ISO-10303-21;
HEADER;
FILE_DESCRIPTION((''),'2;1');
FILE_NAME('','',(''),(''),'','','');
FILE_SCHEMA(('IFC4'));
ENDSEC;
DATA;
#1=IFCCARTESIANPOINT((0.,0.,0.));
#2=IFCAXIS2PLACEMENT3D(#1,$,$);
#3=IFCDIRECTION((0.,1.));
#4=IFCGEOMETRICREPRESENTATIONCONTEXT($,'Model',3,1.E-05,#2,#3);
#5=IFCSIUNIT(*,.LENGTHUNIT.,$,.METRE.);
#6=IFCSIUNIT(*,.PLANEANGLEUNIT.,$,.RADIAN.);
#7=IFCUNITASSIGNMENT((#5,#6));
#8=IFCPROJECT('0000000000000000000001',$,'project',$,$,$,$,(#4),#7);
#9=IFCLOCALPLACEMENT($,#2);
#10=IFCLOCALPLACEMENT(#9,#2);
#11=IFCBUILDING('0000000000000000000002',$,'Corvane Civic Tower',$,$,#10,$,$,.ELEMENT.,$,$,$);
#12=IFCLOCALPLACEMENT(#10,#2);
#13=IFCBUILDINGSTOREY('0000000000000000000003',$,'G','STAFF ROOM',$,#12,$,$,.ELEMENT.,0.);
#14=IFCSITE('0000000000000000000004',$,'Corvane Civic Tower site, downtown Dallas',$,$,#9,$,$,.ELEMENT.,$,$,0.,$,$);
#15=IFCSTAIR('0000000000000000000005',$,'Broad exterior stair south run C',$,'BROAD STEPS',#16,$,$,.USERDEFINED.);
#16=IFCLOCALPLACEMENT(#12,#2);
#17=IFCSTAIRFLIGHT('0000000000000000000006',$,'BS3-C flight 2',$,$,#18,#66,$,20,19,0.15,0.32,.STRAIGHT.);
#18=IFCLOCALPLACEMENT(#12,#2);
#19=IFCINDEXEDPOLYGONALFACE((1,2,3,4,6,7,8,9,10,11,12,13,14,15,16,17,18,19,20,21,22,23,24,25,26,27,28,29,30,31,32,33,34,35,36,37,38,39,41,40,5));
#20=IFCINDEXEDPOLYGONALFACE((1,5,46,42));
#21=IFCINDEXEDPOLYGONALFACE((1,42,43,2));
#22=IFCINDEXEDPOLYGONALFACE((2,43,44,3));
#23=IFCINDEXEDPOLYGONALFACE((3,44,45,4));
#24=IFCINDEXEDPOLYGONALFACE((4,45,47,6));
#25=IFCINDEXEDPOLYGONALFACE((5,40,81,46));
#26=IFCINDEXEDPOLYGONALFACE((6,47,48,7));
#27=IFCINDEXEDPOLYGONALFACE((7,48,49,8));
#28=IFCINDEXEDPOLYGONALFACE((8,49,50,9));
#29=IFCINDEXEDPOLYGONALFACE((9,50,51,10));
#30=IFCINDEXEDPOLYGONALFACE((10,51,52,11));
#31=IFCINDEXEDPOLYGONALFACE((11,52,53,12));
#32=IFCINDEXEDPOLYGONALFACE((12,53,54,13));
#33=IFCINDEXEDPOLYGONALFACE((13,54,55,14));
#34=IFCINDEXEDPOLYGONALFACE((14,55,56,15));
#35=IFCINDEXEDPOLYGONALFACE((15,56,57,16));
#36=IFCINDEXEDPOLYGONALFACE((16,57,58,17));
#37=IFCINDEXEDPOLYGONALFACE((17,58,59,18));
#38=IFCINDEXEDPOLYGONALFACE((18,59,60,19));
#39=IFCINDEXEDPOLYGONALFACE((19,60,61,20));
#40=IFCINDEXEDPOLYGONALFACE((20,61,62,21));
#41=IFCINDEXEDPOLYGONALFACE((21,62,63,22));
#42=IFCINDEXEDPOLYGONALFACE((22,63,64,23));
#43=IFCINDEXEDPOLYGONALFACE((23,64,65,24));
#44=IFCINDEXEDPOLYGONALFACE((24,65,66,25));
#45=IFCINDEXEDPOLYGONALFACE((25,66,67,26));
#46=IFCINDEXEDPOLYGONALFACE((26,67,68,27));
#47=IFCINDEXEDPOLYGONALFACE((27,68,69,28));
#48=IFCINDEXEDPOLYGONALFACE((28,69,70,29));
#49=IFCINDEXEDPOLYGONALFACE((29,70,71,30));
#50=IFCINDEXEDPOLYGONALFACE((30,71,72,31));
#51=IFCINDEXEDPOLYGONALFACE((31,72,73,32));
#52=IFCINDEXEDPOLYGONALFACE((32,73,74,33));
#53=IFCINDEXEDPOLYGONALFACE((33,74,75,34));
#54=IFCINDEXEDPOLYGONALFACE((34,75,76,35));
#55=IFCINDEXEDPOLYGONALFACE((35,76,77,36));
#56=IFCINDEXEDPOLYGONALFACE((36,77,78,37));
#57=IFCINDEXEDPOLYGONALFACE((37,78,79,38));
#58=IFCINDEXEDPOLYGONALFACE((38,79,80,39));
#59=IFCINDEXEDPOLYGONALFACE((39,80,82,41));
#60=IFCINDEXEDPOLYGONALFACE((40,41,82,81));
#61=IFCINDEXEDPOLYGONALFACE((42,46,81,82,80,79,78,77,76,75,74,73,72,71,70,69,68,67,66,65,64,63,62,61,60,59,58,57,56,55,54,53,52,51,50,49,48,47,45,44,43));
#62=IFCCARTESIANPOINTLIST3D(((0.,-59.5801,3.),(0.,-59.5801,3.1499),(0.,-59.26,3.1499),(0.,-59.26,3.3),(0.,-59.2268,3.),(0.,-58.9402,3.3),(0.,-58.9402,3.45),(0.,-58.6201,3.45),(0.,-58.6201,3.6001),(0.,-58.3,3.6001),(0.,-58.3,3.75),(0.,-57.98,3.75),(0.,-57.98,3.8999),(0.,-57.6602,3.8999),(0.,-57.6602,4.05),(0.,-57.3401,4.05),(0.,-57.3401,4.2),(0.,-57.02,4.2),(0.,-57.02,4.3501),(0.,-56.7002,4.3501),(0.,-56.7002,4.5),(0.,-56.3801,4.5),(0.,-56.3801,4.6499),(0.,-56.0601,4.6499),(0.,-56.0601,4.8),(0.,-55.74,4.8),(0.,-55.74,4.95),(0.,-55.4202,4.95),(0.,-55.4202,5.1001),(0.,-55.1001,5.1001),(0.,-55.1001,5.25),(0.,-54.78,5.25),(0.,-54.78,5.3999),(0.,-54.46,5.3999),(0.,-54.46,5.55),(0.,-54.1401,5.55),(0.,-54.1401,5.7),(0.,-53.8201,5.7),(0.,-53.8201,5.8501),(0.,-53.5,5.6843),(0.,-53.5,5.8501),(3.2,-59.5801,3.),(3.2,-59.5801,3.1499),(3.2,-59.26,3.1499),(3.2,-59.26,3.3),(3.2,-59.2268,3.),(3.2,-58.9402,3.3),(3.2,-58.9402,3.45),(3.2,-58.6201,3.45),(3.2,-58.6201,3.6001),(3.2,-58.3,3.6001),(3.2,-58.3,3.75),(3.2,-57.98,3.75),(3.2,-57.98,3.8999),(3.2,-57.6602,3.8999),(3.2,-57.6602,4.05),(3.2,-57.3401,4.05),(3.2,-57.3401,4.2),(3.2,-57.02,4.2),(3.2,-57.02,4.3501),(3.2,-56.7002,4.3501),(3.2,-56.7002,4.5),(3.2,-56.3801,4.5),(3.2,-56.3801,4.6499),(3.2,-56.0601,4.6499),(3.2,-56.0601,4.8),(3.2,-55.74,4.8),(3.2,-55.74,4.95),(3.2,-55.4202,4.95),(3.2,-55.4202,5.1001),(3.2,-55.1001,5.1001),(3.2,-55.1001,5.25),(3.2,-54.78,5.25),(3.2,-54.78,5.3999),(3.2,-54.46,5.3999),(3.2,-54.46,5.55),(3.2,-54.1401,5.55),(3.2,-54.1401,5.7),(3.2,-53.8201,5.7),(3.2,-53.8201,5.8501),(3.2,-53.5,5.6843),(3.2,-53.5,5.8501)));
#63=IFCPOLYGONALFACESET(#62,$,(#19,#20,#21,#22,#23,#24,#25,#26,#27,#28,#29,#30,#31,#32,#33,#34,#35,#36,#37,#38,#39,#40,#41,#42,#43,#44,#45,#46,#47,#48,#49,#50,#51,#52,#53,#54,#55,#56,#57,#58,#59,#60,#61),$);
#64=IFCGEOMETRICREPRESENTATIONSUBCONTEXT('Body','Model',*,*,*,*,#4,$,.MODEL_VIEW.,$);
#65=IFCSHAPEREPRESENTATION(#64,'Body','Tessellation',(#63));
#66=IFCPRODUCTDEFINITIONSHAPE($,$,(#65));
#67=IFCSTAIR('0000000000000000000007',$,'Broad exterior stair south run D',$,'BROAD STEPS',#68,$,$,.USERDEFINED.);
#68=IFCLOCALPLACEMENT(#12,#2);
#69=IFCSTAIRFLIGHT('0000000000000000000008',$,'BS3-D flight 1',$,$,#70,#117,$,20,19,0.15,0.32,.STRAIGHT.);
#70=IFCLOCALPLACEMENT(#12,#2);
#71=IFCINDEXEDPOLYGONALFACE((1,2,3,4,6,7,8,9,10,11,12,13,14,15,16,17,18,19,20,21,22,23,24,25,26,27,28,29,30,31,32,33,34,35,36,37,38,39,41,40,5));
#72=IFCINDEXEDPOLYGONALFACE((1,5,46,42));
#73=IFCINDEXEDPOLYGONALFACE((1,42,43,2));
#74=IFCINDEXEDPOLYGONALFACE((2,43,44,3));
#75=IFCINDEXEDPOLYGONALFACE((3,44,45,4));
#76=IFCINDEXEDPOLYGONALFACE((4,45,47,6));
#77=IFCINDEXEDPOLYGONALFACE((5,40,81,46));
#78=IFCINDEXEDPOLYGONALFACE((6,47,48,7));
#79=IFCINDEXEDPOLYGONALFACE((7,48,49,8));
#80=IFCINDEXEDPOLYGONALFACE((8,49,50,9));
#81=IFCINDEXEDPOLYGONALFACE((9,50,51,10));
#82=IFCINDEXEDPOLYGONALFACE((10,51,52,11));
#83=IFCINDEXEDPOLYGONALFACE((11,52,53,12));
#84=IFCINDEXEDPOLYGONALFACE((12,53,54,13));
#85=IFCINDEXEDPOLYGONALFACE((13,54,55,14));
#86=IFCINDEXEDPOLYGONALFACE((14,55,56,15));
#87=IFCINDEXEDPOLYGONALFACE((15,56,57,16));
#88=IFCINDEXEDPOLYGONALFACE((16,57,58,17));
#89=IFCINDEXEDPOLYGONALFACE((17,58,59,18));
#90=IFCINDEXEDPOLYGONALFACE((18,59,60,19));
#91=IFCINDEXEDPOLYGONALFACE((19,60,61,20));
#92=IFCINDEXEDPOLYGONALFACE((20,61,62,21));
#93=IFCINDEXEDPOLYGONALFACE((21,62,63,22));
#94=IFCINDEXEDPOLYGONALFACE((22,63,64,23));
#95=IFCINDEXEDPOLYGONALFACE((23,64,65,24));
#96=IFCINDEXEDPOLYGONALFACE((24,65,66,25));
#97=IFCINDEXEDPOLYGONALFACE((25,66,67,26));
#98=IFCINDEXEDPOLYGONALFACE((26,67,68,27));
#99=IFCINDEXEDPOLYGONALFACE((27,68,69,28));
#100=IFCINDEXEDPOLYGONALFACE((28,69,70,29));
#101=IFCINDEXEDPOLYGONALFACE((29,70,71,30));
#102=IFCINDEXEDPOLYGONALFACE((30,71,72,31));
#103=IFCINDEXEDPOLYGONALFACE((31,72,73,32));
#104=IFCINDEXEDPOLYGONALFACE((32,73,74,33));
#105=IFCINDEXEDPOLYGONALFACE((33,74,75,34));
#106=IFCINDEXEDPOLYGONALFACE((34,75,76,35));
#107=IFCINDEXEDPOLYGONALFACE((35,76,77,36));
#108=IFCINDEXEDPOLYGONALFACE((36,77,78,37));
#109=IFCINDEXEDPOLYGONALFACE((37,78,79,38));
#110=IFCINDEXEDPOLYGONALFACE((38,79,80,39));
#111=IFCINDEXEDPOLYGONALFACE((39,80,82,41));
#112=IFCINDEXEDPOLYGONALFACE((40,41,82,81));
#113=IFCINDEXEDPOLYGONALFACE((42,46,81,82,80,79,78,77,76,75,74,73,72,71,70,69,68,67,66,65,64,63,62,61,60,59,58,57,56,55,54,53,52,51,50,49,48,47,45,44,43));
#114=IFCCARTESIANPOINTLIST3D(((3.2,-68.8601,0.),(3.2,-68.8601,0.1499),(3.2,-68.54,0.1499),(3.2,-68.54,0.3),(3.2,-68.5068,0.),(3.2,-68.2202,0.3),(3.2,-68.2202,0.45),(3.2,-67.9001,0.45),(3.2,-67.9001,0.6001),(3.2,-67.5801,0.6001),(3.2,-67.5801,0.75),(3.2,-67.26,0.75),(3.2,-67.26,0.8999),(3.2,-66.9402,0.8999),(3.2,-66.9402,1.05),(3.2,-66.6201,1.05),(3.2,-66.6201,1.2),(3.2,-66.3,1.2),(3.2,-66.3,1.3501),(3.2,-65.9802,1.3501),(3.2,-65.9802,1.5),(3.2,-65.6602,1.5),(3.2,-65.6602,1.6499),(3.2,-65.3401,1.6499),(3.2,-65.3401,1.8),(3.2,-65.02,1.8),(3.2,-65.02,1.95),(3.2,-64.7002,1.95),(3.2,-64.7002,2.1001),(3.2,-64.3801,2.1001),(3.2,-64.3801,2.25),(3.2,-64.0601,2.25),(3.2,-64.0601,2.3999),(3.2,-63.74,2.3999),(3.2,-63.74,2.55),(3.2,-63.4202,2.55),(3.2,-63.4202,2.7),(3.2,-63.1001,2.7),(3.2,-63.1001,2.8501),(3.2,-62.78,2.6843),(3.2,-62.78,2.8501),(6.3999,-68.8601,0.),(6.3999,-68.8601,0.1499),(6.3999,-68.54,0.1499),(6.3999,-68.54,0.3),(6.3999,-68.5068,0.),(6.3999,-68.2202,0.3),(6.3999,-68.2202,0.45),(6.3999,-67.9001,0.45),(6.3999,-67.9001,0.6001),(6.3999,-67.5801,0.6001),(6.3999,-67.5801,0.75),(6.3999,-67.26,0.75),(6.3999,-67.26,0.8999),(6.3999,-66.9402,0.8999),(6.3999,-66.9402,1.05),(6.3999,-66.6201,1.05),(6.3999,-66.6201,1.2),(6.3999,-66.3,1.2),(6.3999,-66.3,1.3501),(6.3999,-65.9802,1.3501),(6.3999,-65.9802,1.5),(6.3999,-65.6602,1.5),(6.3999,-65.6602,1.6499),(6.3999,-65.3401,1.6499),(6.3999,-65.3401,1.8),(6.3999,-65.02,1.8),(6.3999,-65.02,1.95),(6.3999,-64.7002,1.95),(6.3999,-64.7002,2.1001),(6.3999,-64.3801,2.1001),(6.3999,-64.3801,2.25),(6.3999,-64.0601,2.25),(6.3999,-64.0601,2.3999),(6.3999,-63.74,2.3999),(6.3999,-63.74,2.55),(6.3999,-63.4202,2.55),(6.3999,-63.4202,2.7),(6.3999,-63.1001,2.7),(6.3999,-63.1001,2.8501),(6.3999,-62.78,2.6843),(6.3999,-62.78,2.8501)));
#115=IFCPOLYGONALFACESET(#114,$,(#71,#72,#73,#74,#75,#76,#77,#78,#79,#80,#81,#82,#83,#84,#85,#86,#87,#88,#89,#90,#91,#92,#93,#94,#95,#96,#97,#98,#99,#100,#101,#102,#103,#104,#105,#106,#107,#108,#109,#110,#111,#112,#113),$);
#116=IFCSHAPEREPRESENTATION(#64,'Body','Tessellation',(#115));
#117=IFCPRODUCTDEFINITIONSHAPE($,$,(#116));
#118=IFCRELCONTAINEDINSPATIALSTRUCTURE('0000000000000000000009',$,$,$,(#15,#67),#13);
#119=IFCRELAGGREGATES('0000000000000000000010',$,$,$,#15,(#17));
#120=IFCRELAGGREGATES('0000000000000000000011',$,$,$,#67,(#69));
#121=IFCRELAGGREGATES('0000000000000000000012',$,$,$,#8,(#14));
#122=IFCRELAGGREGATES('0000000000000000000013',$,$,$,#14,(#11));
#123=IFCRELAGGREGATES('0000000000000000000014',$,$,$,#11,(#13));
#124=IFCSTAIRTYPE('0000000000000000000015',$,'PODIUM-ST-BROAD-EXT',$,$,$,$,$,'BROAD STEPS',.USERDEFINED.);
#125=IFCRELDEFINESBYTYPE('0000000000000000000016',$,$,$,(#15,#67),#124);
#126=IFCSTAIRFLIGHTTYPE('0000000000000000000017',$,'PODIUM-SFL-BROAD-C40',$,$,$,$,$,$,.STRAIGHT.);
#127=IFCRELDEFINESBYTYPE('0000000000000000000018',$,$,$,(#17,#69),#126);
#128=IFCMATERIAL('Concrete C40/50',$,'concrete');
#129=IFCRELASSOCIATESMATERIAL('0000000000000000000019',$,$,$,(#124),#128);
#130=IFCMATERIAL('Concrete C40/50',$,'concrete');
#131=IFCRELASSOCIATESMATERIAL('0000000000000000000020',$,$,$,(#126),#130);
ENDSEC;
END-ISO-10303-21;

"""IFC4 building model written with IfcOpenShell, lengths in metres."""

from ifc_helpers import new_model, si_unit, direction, frame, origin, place, context, subcontext, project, spatial, polyline, outline, extrude, material, type_object, element, aggregate, save


model = new_model("IFC4")

# Units and contexts
model_context = context("Model", 3, precision=1e-05, world=origin(), true_north=direction((0.0, 1.0)))
body_context = subcontext(model_context, "Body", "Model", "MODEL_VIEW")
ifc_project = project(units=[si_unit("LENGTHUNIT", "METRE"), si_unit("PLANEANGLEUNIT", "RADIAN")], contexts=[model_context])

# Site, building, storey
site_placement = place(None, origin())
site = spatial("IfcSite", under=ifc_project, at=site_placement, Name="Corvane Civic Tower site, downtown Dallas", CompositionType="ELEMENT", RefElevation=0.0)
building_placement = place(site_placement, origin())
building = spatial("IfcBuilding", under=site, at=building_placement, Name="Corvane Civic Tower", CompositionType="ELEMENT")
storey_placement = place(building_placement, origin())
storey = spatial("IfcBuildingStorey", under=building, at=storey_placement, Name="G", Description="STAFF ROOM", CompositionType="ELEMENT", Elevation=0.0)

# Stair, stair flight
ifc_material_1 = material(Name="Concrete C40/50", Category="concrete")
stair_type = type_object("IfcStairType", Name="PODIUM-ST-BROAD-EXT", ElementType="BROAD STEPS", PredefinedType="USERDEFINED", material=ifc_material_1)
stair_1_placement = place(storey_placement, origin())
stair_1 = element("IfcStair", 1, at=stair_1_placement, inside=storey, type_object=stair_type, Name="Broad exterior stair south run C", ObjectType="BROAD STEPS", PredefinedType="USERDEFINED")
ifc_material_2 = material(Name="Concrete C40/50", Category="concrete")
stair_flight_type = type_object("IfcStairFlightType", Name="PODIUM-SFL-BROAD-C40", PredefinedType="STRAIGHT", material=ifc_material_2)
stair_flight_1_placement = place(storey_placement, frame((1.6001, -59.5801, 3.0), z_axis=(0.0, 0.0, 1.0), x_axis=(0.0, 1.0, 0.0)))
stair_flight_1 = element("IfcStairFlight", 2, at=stair_flight_1_placement, type_object=stair_flight_type, Name="BS3-C flight 2", NumberOfRisers=20, NumberOfTreads=19, PredefinedType="STRAIGHT", RiserHeight=0.15, TreadLength=0.32, context=body_context, shape_type="SweptSolid", body=[
    extrude(outline(polyline([(0.0, 0.0), (0.0, 0.1499), (0.3201, 0.1499), (0.3201, 0.3), (0.6399, 0.3), (0.6399, 0.45), (0.96, 0.45), (0.96, 0.6001), (1.28, 0.6001), (1.28, 0.75), (1.6001, 0.75), (1.6001, 0.8999), (1.9199, 0.8999), (1.9199, 1.05), (2.24, 1.05), (2.24, 1.2), (2.5601, 1.2), (2.5601, 1.3501), (2.8799, 1.3501), (2.8799, 1.5), (3.2, 1.5), (3.2, 1.6499), (3.52, 1.6499), (3.52, 1.8), (3.8401, 1.8), (3.8401, 1.95), (4.1599, 1.95), (4.1599, 2.1001), (4.48, 2.1001), (4.48, 2.25), (4.8, 2.25), (4.8, 2.3999), (5.1201, 2.3999), (5.1201, 2.55), (5.4399, 2.55), (5.4399, 2.7), (5.76, 2.7), (5.76, 2.8501), (6.0801, 2.8501), (6.0801, 3.0), (6.0801, 2.6843), (0.3533, 0.0), (0.0, 0.0)])), frame((0.0, 1.6001, 0.0), z_axis=(0.0, -1.0, 0.0), x_axis=(1.0, 0.0, 0.0)), (0.0, 0.0, 1.0), 3.2),
])
aggregate(stair_1, [stair_flight_1])

# Stair, stair flight
stair_2_placement = place(storey_placement, origin())
stair_2 = element("IfcStair", 3, at=stair_2_placement, inside=storey, type_object=stair_type, Name="Broad exterior stair south run D", ObjectType="BROAD STEPS", PredefinedType="USERDEFINED")
stair_flight_2_placement = place(storey_placement, frame((4.8, -68.8601, 0.0), z_axis=(0.0, 0.0, 1.0), x_axis=(0.0, 1.0, 0.0)))
stair_flight_2 = element("IfcStairFlight", 4, at=stair_flight_2_placement, type_object=stair_flight_type, Name="BS3-D flight 1", NumberOfRisers=20, NumberOfTreads=19, PredefinedType="STRAIGHT", RiserHeight=0.15, TreadLength=0.32, context=body_context, shape_type="SweptSolid", body=[
    extrude(outline(polyline([(0.0, 0.0), (0.0, 0.1499), (0.3201, 0.1499), (0.3201, 0.3), (0.6399, 0.3), (0.6399, 0.45), (0.96, 0.45), (0.96, 0.6001), (1.28, 0.6001), (1.28, 0.75), (1.6001, 0.75), (1.6001, 0.8999), (1.9199, 0.8999), (1.9199, 1.05), (2.24, 1.05), (2.24, 1.2), (2.5601, 1.2), (2.5601, 1.3501), (2.8799, 1.3501), (2.8799, 1.5), (3.2, 1.5), (3.2, 1.6499), (3.52, 1.6499), (3.52, 1.8), (3.8401, 1.8), (3.8401, 1.95), (4.1599, 1.95), (4.1599, 2.1001), (4.48, 2.1001), (4.48, 2.25), (4.8, 2.25), (4.8, 2.3999), (5.1201, 2.3999), (5.1201, 2.55), (5.4399, 2.55), (5.4399, 2.7), (5.76, 2.7), (5.76, 2.8501), (6.0801, 2.8501), (6.0801, 3.0), (6.0801, 2.6843), (0.3533, 0.0), (0.0, 0.0)])), frame((0.0, 1.6001, 0.0), z_axis=(0.0, -1.0, 0.0), x_axis=(1.0, 0.0, 0.0)), (0.0, 0.0, 1.0), 3.2),
])
aggregate(stair_2, [stair_flight_2])

save(model, "model.ifc")
